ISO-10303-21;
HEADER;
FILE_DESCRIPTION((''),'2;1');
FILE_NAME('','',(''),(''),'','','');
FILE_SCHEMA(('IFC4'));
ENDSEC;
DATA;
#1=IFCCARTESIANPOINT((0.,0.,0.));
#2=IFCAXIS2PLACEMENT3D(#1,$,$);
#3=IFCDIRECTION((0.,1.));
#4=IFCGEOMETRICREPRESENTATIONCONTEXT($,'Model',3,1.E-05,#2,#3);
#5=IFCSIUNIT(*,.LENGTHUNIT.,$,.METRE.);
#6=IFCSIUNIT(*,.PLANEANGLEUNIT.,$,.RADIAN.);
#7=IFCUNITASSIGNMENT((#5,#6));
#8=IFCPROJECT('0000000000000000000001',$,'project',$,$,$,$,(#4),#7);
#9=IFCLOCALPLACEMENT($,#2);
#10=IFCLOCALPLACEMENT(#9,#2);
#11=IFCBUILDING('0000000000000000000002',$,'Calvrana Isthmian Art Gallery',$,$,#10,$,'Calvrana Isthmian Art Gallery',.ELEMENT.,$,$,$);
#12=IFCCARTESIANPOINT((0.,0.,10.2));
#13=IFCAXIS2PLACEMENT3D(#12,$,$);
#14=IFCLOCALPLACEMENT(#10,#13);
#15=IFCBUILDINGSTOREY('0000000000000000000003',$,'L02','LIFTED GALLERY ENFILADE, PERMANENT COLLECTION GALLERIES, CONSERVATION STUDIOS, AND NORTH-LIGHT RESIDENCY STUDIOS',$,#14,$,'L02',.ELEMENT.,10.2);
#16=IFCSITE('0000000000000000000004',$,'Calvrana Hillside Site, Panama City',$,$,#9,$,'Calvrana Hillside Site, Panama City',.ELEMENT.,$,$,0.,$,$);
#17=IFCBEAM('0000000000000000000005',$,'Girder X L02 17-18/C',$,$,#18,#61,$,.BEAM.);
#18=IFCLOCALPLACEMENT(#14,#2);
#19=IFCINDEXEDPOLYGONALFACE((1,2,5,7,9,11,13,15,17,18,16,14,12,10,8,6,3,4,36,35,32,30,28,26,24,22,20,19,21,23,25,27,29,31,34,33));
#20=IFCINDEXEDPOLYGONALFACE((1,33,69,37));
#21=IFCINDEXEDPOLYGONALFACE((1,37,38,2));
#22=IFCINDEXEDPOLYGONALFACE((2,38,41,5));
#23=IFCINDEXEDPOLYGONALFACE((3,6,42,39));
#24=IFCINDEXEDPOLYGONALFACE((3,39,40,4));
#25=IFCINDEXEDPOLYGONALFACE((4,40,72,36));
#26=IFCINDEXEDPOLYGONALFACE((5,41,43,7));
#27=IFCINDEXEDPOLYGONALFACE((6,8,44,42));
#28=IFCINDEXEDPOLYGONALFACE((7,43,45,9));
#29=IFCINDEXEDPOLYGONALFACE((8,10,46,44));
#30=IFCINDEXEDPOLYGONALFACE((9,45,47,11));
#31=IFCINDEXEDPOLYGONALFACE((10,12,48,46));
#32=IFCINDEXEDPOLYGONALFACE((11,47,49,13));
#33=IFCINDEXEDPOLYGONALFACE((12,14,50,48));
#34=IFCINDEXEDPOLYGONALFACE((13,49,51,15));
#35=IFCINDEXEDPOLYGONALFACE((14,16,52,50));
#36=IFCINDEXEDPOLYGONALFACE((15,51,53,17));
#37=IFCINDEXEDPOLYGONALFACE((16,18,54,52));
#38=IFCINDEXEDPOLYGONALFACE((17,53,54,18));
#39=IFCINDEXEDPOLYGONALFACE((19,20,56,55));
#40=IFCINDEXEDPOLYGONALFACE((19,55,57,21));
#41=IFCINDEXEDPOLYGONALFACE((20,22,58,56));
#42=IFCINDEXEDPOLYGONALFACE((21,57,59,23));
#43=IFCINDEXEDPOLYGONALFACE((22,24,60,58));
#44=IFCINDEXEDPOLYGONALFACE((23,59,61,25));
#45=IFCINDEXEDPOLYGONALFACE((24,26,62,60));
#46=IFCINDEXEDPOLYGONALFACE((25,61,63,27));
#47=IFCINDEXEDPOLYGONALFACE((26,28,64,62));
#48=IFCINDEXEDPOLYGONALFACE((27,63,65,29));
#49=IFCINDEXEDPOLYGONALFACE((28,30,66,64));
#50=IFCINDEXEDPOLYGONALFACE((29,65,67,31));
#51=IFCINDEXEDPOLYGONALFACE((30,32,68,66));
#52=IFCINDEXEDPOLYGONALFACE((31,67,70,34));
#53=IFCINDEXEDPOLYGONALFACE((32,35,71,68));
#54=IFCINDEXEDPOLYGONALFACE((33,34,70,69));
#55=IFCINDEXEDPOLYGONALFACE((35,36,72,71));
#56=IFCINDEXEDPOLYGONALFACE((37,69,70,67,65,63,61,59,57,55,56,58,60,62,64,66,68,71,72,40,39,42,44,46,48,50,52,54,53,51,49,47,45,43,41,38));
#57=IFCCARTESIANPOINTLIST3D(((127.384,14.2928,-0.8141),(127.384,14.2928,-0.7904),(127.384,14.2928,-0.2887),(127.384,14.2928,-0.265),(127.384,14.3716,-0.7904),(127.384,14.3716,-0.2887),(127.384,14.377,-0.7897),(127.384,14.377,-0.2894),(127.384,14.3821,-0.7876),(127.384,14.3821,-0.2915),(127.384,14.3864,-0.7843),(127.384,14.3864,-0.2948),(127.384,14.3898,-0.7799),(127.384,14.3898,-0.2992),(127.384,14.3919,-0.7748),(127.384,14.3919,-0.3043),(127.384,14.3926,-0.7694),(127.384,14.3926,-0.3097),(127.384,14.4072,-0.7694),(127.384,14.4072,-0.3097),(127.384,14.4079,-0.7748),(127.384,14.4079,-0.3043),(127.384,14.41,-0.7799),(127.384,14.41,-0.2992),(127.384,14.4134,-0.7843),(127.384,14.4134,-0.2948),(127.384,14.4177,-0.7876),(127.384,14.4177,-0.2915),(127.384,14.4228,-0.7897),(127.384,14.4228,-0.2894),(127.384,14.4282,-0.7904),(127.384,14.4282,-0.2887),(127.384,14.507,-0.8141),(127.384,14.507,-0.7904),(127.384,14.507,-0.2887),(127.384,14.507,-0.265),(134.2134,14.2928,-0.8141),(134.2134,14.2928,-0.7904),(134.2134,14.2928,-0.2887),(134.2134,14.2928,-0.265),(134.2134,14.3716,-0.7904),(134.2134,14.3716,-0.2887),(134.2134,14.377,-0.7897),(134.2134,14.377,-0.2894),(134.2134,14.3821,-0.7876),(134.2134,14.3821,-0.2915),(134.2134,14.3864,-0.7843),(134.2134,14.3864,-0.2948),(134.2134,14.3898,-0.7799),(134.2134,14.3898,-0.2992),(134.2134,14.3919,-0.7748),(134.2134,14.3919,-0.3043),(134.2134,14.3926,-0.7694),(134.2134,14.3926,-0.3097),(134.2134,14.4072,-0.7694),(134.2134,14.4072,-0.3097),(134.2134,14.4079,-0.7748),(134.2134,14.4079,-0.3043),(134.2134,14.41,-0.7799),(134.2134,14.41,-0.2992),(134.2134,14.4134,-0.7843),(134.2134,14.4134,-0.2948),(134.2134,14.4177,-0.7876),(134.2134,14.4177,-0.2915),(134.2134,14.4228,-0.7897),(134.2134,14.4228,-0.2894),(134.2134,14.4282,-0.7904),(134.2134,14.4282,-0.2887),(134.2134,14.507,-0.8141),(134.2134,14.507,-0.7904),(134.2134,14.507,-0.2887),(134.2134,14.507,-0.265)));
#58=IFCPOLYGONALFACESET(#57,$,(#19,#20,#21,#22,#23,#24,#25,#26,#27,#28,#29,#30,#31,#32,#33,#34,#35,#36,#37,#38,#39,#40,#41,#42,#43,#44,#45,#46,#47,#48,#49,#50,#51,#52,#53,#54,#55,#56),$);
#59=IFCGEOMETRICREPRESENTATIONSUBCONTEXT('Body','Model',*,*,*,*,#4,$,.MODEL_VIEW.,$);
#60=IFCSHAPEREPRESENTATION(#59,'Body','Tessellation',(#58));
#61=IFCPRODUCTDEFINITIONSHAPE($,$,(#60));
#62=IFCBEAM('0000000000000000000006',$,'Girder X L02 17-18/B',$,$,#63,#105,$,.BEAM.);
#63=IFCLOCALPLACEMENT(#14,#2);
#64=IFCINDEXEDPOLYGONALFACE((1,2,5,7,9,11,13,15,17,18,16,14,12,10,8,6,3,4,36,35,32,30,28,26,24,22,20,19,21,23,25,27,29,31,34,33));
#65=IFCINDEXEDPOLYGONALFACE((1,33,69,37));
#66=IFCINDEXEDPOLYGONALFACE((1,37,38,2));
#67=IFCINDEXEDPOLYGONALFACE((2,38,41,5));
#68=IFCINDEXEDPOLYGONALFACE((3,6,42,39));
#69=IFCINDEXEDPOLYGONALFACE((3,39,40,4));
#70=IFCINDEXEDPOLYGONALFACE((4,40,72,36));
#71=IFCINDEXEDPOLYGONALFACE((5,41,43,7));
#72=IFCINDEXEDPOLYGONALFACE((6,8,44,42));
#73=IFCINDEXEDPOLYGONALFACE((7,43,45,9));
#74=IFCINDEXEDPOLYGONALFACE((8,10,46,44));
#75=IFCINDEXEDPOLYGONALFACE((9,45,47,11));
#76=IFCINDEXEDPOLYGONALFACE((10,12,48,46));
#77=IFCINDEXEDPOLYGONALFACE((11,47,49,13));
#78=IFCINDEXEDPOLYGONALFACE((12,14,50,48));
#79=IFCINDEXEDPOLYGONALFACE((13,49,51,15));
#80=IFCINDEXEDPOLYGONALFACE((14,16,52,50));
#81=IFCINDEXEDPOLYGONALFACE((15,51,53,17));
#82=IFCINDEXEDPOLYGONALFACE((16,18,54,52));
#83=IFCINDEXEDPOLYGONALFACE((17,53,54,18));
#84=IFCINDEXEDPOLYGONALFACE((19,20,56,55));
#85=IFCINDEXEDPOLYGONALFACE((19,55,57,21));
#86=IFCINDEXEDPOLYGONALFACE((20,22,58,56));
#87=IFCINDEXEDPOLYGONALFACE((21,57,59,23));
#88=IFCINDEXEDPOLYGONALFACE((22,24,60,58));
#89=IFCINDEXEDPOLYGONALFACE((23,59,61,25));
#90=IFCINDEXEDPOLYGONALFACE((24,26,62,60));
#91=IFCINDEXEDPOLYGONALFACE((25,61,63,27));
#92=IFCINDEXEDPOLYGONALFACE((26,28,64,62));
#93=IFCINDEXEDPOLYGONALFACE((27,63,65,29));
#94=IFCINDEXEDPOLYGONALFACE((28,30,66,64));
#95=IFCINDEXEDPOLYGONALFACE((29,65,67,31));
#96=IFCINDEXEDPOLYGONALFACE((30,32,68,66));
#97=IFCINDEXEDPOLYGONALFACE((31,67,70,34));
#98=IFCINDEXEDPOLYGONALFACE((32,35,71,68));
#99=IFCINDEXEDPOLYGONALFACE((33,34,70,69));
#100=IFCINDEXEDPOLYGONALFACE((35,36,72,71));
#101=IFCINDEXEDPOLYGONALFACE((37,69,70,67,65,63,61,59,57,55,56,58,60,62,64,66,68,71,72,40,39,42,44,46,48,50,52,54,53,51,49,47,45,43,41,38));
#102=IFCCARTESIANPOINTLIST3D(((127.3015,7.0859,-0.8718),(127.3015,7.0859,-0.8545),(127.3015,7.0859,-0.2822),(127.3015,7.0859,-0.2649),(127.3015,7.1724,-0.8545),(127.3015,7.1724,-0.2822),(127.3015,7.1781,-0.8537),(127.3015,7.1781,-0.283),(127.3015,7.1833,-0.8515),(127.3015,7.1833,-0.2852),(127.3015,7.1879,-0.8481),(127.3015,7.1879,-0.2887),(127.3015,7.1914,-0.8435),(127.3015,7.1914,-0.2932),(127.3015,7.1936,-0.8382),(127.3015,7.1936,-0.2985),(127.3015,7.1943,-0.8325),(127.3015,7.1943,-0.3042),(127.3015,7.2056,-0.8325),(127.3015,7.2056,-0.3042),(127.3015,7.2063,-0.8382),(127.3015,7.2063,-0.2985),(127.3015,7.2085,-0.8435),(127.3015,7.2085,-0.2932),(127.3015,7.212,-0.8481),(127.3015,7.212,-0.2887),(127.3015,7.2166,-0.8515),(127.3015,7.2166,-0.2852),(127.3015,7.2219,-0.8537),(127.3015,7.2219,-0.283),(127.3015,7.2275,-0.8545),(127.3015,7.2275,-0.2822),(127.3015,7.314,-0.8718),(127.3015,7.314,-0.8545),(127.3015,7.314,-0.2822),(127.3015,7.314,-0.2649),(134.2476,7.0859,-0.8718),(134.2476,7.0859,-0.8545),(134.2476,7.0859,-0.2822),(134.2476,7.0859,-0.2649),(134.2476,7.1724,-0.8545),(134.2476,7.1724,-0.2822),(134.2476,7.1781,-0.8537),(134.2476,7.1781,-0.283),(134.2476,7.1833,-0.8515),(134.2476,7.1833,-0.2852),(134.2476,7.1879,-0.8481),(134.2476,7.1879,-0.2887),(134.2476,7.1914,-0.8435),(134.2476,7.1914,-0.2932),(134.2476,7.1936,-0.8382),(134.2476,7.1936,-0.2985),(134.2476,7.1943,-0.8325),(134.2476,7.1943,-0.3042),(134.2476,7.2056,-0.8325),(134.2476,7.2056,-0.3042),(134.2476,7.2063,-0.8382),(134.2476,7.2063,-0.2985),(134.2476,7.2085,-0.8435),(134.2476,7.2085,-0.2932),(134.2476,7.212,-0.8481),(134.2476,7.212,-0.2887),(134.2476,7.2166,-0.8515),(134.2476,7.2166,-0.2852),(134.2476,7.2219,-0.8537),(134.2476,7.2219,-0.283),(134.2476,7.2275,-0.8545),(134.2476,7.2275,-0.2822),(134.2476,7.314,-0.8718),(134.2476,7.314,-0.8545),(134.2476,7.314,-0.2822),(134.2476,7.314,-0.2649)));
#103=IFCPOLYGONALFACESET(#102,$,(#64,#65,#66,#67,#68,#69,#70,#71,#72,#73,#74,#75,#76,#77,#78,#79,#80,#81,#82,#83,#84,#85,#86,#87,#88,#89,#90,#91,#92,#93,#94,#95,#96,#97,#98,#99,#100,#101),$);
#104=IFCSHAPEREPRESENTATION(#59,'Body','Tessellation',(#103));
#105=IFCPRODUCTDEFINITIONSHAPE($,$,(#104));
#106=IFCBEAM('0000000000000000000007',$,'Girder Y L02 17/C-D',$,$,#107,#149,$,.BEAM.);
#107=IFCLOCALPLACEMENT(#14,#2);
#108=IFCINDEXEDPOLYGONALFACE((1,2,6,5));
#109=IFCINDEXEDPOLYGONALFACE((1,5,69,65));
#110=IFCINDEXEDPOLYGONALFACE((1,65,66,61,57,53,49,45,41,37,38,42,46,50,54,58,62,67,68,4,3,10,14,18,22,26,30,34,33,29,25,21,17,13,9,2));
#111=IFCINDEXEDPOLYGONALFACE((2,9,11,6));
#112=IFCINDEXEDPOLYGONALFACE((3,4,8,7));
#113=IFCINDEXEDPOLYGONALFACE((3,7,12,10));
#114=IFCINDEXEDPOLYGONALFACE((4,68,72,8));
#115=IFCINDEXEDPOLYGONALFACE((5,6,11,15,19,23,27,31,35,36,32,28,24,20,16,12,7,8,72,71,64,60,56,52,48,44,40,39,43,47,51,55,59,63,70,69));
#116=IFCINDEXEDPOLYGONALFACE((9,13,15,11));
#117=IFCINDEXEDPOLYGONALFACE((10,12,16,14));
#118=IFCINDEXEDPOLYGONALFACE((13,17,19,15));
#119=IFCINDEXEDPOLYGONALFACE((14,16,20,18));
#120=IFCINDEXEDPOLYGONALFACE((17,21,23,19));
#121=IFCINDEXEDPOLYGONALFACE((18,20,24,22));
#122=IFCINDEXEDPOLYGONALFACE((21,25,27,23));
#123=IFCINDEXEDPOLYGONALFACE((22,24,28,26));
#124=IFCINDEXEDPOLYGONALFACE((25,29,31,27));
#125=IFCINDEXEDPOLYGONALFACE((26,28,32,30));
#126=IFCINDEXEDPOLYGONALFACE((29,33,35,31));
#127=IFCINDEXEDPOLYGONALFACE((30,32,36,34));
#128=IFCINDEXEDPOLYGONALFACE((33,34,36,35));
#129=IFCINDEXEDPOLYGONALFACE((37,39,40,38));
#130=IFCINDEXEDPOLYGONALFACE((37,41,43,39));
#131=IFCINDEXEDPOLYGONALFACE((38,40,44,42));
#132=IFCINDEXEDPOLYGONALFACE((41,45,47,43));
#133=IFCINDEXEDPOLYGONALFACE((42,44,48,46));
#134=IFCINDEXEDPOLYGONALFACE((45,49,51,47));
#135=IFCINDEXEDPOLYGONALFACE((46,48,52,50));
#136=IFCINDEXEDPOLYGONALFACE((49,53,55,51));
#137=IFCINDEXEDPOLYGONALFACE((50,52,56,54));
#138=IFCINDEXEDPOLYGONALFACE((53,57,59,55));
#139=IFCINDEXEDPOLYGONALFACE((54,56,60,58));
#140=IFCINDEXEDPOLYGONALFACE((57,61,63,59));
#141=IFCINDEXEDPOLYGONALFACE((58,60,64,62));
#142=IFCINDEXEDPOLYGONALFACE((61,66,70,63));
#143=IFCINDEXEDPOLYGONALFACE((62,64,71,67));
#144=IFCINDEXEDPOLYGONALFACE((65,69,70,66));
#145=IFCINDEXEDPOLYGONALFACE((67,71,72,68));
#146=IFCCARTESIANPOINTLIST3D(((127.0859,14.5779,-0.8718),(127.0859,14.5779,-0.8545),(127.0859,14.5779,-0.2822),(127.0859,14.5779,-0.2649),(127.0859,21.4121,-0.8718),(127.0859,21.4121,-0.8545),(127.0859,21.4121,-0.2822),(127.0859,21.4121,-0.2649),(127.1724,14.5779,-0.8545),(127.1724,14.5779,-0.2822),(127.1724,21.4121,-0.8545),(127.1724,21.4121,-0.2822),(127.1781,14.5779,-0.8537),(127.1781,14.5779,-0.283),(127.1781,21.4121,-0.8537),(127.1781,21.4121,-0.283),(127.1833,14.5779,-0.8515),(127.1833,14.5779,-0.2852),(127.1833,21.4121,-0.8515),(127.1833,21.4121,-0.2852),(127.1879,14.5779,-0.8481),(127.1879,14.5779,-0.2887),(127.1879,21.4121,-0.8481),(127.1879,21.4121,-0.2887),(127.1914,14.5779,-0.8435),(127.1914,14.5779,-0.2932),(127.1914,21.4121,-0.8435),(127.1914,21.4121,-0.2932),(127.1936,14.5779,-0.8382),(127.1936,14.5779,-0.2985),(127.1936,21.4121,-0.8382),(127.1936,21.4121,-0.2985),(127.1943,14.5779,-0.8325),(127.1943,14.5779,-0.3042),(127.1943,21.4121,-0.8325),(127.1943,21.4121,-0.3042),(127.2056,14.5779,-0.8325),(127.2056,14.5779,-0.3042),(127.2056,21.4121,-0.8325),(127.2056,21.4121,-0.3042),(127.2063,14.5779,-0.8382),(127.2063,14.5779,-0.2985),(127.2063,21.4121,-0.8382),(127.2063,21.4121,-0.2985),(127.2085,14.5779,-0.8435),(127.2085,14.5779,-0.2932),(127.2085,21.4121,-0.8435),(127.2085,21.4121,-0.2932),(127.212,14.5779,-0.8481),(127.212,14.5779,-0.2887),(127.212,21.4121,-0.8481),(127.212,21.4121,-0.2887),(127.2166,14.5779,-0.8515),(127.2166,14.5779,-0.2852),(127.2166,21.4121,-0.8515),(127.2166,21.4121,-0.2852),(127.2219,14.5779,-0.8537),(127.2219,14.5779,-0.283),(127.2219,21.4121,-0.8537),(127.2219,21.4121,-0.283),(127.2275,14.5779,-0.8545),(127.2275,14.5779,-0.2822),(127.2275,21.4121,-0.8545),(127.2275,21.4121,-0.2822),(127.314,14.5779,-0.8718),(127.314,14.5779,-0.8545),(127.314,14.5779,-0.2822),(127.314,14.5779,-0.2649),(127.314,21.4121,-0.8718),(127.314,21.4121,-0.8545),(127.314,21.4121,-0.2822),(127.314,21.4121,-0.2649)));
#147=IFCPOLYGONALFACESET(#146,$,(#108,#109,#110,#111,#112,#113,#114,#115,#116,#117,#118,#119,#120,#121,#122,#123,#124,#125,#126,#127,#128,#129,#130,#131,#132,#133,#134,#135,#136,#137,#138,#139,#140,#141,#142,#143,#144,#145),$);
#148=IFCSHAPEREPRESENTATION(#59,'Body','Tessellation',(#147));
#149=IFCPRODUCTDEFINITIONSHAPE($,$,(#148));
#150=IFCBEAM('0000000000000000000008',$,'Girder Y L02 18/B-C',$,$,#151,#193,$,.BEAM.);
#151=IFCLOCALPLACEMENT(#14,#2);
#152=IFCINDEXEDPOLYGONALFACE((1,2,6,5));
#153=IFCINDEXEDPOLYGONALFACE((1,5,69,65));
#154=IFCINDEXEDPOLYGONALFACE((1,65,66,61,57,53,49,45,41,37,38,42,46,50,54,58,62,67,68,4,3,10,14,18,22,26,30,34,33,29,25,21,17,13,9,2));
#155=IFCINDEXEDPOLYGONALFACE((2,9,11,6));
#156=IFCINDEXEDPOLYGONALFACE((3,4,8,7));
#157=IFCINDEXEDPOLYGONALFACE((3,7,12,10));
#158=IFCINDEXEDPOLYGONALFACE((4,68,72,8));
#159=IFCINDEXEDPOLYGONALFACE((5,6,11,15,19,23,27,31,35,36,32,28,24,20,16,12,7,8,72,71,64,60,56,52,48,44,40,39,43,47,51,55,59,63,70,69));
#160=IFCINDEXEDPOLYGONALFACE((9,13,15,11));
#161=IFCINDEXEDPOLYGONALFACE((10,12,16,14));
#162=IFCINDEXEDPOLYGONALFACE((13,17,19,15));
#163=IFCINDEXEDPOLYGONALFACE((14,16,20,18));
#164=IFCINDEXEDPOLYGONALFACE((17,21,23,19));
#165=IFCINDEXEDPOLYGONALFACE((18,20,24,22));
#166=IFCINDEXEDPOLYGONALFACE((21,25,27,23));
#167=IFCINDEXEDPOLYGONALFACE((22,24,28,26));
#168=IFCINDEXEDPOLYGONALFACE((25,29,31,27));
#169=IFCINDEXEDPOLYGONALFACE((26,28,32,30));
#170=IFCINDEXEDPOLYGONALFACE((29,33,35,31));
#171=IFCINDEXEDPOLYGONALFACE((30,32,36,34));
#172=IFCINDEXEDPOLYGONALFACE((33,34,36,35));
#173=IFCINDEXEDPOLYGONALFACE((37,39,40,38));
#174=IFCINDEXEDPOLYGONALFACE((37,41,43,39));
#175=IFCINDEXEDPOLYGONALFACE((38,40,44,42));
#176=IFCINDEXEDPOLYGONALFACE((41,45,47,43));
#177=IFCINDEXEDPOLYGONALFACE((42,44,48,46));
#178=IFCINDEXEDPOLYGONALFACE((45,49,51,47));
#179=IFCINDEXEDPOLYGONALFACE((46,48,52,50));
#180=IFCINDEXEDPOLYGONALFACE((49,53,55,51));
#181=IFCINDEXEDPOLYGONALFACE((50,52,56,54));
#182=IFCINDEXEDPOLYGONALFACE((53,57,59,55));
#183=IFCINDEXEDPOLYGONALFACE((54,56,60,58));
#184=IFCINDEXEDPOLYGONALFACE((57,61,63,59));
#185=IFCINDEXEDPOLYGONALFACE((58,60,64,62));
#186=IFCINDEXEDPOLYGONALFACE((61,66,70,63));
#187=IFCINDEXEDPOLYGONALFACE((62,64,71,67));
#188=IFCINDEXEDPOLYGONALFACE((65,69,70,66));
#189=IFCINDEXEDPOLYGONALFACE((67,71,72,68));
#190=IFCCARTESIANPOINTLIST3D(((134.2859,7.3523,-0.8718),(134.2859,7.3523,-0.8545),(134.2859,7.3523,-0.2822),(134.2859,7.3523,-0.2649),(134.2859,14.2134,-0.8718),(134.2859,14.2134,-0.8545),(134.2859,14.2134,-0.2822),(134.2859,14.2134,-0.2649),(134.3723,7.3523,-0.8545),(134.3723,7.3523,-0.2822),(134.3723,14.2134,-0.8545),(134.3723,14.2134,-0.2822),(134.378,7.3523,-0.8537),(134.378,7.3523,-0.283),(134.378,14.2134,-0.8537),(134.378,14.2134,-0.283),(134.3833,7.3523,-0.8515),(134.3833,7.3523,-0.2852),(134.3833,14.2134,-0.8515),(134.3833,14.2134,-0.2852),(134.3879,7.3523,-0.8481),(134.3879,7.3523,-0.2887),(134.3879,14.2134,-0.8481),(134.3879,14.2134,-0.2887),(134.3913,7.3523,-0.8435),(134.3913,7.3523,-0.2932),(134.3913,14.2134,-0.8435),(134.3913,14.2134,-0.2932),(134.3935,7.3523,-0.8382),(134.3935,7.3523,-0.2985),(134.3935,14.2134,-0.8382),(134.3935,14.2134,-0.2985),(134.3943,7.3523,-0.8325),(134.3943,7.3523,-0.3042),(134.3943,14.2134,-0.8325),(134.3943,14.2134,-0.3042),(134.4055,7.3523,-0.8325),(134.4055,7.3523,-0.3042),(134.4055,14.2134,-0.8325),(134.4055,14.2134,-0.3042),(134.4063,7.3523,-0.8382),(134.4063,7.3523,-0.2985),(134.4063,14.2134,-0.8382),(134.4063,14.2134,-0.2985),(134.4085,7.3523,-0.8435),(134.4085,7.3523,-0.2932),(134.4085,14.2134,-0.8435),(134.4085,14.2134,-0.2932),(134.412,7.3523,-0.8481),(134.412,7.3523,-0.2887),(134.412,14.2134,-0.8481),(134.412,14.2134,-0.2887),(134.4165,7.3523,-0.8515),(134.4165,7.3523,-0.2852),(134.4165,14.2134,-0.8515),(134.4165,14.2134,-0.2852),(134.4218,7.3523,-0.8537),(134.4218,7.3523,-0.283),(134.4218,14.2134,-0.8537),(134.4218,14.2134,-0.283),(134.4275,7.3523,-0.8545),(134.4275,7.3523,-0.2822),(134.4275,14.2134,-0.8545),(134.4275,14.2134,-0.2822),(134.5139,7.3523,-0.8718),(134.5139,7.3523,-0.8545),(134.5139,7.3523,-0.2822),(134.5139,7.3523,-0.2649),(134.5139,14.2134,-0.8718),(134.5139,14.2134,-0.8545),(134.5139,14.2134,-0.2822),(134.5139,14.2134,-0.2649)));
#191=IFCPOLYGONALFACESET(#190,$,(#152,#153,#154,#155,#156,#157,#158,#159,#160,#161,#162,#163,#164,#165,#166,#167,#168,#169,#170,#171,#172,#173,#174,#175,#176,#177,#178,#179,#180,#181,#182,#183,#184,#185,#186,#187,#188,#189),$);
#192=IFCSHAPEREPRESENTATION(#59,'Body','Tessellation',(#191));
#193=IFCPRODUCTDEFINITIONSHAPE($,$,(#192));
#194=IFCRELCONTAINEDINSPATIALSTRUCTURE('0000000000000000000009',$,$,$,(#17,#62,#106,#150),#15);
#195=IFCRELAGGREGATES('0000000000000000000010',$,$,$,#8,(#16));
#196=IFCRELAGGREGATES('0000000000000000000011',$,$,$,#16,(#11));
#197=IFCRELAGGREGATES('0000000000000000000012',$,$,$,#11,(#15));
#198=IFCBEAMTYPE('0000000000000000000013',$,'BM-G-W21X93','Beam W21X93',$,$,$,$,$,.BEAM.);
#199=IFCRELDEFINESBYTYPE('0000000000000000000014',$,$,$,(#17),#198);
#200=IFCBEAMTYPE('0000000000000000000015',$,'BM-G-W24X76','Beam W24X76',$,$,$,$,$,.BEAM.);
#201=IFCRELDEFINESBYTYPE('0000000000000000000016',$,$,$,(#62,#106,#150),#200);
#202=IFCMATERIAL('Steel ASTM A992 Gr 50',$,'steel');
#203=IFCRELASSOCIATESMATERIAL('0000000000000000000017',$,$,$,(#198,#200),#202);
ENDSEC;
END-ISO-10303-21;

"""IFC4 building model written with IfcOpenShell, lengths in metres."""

from ifc_helpers import new_model, si_unit, direction, frame, origin, origin_2d, place, context, subcontext, project, spatial, i_section, extrude, material, material_profile, profile_set, type_object, element, save


model = new_model("IFC4")

# Units and contexts
model_context = context("Model", 3, precision=1e-05, world=origin(), true_north=direction((0.0, 1.0)))
body_context = subcontext(model_context, "Body", "Model", "MODEL_VIEW")
ifc_project = project(units=[si_unit("LENGTHUNIT", "METRE"), si_unit("PLANEANGLEUNIT", "RADIAN")], contexts=[model_context])

# Site, building, storey
site_placement = place(None, origin())
site = spatial("IfcSite", under=ifc_project, at=site_placement, Name="Calvrana Hillside Site, Panama City", LongName="Calvrana Hillside Site, Panama City", CompositionType="ELEMENT", RefElevation=0.0)
building_placement = place(site_placement, origin())
building = spatial("IfcBuilding", under=site, at=building_placement, Name="Calvrana Isthmian Art Gallery", LongName="Calvrana Isthmian Art Gallery", CompositionType="ELEMENT")
storey_placement = place(building_placement, frame((0.0, 0.0, 10.2)))
storey = spatial("IfcBuildingStorey", under=building, at=storey_placement, Name="L02", Description="LIFTED GALLERY ENFILADE, PERMANENT COLLECTION GALLERIES, CONSERVATION STUDIOS, AND NORTH-LIGHT RESIDENCY STUDIOS", LongName="L02", CompositionType="ELEMENT", Elevation=10.2)

# Shared definitions
ifc_material_1 = material(Name="Steel ASTM A992 Gr 50", Category="steel")

# Beams
ifc_material_profile_1 = material_profile(ifc_material_1, i_section(OverallWidth=0.2141, OverallDepth=0.5491, WebThickness=0.0146, FlangeThickness=0.0237, FilletRadius=0.021, at=origin_2d()), Name="W21X93")
ifc_profile_set_1 = profile_set([ifc_material_profile_1], Name="Steel ASTM A992 Gr 50")
beam_type_1 = type_object("IfcBeamType", Name="BM-G-W21X93", Description="Beam W21X93", PredefinedType="BEAM", material=ifc_profile_set_1)
beam_1_placement = place(storey_placement, frame((127.384, 14.3999, -0.5396), z_axis=(1.0, 0.0, 0.0), x_axis=(0.0, 1.0, 0.0)))
element("IfcBeam", 1, at=beam_1_placement, inside=storey, type_object=beam_type_1, Name="Girder X L02 17-18/C", PredefinedType="BEAM", context=body_context, shape_type="SweptSolid", body=[
    extrude(i_section(OverallWidth=0.2141, OverallDepth=0.5491, WebThickness=0.0146, FlangeThickness=0.0237, FilletRadius=0.021, at=origin_2d()), origin(), (0.0, 0.0, 1.0), 6.8293),
])
ifc_material_profile_2 = material_profile(ifc_material_1, i_section(OverallWidth=0.228, OverallDepth=0.6069, WebThickness=0.0112, FlangeThickness=0.0173, FilletRadius=0.022, at=origin_2d()), Name="W24X76")
ifc_profile_set_2 = profile_set([ifc_material_profile_2], Name="Steel ASTM A992 Gr 50")
beam_type_2 = type_object("IfcBeamType", Name="BM-G-W24X76", Description="Beam W24X76", PredefinedType="BEAM", material=ifc_profile_set_2)
beam_2_placement = place(storey_placement, frame((127.3015, 7.2, -0.5684), z_axis=(1.0, 0.0, 0.0), x_axis=(0.0, 1.0, 0.0)))
element("IfcBeam", 2, at=beam_2_placement, inside=storey, type_object=beam_type_2, Name="Girder X L02 17-18/B", PredefinedType="BEAM", context=body_context, shape_type="SweptSolid", body=[
    extrude(i_section(OverallWidth=0.228, OverallDepth=0.6069, WebThickness=0.0112, FlangeThickness=0.0173, FilletRadius=0.022, at=origin_2d()), origin(), (0.0, 0.0, 1.0), 6.946),
])
beam_3_placement = place(storey_placement, frame((127.2, 14.5779, -0.5684), z_axis=(0.0, 1.0, 0.0), x_axis=(-1.0, 0.0, 0.0)))
element("IfcBeam", 3, at=beam_3_placement, inside=storey, type_object=beam_type_2, Name="Girder Y L02 17/C-D", PredefinedType="BEAM", context=body_context, shape_type="SweptSolid", body=[
    extrude(i_section(OverallWidth=0.228, OverallDepth=0.6069, WebThickness=0.0112, FlangeThickness=0.0173, FilletRadius=0.022, at=origin_2d()), origin(), (0.0, 0.0, 1.0), 6.8342),
])
beam_4_placement = place(storey_placement, frame((134.3999, 7.3523, -0.5684), z_axis=(0.0, 1.0, 0.0), x_axis=(-1.0, 0.0, 0.0)))
element("IfcBeam", 4, at=beam_4_placement, inside=storey, type_object=beam_type_2, Name="Girder Y L02 18/B-C", PredefinedType="BEAM", context=body_context, shape_type="SweptSolid", body=[
    extrude(i_section(OverallWidth=0.228, OverallDepth=0.6069, WebThickness=0.0112, FlangeThickness=0.0173, FilletRadius=0.022, at=origin_2d()), origin(), (0.0, 0.0, 1.0), 6.8611),
])

save(model, "model.ifc")
